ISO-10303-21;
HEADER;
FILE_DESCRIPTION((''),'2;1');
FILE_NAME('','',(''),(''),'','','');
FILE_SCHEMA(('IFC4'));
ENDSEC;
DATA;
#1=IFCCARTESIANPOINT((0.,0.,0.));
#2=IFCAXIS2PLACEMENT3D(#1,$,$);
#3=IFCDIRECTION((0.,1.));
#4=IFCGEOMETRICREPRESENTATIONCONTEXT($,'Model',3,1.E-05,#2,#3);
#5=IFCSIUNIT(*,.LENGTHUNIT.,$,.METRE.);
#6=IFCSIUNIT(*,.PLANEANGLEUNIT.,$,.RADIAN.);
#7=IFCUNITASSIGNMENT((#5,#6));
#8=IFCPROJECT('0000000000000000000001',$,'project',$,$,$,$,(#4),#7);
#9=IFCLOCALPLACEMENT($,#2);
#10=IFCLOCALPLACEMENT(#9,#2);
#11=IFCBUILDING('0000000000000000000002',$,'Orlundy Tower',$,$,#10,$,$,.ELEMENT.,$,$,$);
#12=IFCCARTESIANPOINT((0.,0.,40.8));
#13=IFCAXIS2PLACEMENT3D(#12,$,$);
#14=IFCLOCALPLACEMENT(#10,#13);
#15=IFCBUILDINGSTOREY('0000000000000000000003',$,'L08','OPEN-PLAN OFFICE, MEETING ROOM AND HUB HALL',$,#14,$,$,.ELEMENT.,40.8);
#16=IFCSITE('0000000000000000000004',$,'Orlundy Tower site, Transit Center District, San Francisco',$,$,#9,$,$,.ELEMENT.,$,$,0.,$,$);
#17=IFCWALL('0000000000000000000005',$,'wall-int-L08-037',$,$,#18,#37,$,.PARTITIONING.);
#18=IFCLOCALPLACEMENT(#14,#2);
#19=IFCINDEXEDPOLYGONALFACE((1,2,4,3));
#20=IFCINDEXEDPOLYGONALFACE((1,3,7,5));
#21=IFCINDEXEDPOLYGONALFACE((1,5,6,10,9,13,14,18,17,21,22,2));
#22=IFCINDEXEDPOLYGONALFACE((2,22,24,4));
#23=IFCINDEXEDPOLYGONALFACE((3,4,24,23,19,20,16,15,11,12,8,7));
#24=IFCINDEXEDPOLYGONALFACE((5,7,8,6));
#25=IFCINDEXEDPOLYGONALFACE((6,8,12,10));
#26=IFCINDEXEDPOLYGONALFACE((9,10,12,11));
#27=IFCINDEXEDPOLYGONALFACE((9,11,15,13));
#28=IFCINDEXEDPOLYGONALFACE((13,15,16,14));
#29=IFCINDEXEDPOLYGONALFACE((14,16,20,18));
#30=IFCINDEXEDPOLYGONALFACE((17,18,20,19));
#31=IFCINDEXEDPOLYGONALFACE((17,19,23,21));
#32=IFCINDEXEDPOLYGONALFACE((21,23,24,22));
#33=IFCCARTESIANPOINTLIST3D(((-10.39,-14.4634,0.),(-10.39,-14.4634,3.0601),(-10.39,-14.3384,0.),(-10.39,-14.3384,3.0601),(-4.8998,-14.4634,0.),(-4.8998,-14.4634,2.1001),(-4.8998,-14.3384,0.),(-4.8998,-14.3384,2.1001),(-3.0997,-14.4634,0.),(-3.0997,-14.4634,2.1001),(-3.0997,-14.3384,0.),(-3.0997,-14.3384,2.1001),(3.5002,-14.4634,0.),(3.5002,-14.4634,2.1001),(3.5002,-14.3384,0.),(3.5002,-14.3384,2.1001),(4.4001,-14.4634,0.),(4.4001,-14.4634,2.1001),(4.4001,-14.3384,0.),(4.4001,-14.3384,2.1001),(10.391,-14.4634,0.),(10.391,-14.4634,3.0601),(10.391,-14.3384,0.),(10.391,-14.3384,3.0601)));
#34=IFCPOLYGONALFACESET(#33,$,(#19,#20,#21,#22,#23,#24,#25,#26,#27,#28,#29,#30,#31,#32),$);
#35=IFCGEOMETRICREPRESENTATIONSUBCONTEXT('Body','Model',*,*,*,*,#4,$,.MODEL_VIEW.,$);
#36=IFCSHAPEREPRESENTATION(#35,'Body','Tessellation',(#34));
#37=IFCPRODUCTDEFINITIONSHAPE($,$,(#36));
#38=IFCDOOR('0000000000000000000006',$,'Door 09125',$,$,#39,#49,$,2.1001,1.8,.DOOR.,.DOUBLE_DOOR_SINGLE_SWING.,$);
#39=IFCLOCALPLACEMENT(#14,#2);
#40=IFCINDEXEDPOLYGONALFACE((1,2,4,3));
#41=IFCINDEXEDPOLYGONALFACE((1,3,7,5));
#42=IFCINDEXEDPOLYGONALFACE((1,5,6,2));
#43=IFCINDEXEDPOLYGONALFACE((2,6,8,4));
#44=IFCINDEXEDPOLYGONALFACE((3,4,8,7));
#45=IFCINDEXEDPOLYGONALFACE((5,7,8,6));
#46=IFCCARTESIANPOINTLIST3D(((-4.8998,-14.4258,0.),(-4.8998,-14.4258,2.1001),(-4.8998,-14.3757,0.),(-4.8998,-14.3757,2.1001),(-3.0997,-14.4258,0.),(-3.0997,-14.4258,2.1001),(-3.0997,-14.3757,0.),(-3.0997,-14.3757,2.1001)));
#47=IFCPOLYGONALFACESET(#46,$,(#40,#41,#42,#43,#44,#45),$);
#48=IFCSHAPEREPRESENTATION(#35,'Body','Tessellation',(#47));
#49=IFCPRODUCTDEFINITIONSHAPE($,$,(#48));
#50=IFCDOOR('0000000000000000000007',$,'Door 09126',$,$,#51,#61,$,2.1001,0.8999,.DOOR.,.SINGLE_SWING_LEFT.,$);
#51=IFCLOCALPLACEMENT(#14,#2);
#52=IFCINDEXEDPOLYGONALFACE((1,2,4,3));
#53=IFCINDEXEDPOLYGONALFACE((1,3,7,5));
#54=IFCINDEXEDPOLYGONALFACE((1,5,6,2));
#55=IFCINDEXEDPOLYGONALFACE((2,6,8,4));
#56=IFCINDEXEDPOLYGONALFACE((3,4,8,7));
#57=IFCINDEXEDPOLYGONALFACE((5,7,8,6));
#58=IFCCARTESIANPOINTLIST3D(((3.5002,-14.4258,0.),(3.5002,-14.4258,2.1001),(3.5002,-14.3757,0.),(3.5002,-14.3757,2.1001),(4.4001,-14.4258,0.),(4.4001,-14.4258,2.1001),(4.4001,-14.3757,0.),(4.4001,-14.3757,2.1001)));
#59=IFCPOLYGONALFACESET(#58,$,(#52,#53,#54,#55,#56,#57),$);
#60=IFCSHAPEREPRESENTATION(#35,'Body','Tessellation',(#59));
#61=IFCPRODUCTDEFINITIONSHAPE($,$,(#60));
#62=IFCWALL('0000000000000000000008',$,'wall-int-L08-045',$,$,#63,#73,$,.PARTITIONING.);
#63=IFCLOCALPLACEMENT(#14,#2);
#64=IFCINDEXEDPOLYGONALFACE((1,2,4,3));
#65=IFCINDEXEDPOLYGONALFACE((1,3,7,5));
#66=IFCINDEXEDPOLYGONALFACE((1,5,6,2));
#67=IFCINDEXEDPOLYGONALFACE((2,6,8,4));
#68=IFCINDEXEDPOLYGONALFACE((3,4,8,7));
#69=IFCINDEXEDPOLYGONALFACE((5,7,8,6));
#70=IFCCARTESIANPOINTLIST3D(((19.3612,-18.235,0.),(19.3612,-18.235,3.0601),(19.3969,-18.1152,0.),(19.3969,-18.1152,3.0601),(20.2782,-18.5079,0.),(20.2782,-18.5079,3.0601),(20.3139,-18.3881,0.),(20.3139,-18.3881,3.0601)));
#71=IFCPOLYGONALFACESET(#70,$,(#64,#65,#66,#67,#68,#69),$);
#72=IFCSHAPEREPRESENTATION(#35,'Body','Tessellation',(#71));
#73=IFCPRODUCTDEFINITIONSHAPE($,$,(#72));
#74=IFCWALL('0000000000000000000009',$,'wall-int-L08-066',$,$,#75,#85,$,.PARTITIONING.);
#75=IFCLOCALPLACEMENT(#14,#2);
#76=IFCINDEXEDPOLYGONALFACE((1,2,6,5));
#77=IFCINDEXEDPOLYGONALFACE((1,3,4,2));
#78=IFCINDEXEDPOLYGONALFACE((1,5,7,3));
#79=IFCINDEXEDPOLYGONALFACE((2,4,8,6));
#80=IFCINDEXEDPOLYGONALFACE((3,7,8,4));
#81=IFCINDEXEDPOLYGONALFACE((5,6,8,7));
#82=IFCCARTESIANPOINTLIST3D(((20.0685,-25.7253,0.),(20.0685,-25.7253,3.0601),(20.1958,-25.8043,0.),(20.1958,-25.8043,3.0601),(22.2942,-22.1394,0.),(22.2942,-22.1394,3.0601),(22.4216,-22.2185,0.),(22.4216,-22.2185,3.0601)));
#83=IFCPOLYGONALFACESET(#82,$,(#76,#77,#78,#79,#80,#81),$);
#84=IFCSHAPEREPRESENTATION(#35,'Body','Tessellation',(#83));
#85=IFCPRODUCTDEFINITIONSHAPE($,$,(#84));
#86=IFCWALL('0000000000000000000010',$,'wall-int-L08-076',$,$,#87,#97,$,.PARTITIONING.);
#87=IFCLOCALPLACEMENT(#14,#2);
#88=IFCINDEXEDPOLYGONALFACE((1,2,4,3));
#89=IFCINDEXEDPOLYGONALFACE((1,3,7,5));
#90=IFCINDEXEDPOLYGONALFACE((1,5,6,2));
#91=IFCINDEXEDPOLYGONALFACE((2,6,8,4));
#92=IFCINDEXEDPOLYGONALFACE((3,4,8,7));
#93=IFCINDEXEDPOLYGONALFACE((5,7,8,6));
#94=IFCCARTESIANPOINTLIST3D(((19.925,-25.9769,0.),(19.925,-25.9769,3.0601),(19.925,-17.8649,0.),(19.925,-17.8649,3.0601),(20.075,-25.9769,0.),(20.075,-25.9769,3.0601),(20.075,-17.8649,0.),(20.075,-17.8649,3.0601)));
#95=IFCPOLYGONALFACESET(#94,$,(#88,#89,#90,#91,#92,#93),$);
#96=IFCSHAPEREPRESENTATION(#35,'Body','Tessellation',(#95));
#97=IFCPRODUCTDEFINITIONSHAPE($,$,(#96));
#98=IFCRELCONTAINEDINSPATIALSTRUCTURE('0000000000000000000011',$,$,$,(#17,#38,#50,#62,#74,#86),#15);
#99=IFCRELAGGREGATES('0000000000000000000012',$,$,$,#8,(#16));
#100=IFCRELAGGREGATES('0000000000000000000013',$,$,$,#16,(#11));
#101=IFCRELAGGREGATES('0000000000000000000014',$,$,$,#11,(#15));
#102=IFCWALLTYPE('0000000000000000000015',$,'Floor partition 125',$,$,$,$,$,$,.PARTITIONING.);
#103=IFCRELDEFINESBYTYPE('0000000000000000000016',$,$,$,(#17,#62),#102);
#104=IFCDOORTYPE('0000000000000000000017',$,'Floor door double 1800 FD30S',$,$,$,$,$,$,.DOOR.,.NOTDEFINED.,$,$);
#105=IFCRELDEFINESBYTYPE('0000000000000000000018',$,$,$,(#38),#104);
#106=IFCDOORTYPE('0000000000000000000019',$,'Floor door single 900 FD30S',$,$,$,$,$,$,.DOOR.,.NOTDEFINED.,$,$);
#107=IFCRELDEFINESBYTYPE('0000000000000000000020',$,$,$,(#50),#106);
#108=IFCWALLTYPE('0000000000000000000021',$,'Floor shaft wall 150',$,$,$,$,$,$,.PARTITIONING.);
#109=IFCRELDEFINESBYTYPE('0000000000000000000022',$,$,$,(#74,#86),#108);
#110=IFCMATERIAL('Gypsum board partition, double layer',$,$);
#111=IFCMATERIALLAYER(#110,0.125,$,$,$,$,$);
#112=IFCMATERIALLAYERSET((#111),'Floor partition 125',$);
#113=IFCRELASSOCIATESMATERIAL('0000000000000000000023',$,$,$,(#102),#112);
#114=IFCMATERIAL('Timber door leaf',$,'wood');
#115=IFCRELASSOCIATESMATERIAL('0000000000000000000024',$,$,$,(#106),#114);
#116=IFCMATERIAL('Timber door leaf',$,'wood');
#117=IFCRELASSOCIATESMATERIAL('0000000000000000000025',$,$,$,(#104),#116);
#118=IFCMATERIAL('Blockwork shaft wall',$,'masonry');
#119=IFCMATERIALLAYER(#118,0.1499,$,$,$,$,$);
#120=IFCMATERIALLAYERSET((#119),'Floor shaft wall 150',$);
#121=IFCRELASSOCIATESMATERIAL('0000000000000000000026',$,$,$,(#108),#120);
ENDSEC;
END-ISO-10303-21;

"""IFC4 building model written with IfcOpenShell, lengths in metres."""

from ifc_helpers import new_model, si_unit, direction, frame, frame_2d, origin, place, context, subcontext, project, spatial, rectangle, extrude, material, layer, layer_set, type_object, element, fill, save


model = new_model("IFC4")

# Units and contexts
model_context = context("Model", 3, precision=1e-05, world=origin(), true_north=direction((0.0, 1.0)))
body_context = subcontext(model_context, "Body", "Model", "MODEL_VIEW")
ifc_project = project(units=[si_unit("LENGTHUNIT", "METRE"), si_unit("PLANEANGLEUNIT", "RADIAN")], contexts=[model_context])

# Site, building, storey
site_placement = place(None, origin())
site = spatial("IfcSite", under=ifc_project, at=site_placement, Name="Orlundy Tower site, Transit Center District, San Francisco", CompositionType="ELEMENT", RefElevation=0.0)
building_placement = place(site_placement, origin())
building = spatial("IfcBuilding", under=site, at=building_placement, Name="Orlundy Tower", CompositionType="ELEMENT")
storey_placement = place(building_placement, frame((0.0, 0.0, 40.8)))
storey = spatial("IfcBuildingStorey", under=building, at=storey_placement, Name="L08", Description="OPEN-PLAN OFFICE, MEETING ROOM AND HUB HALL", CompositionType="ELEMENT", Elevation=40.8)

# Shared definitions
ifc_material_1 = material(Name="Gypsum board partition, double layer")
ifc_layer_1 = layer(ifc_material_1, 0.125)
ifc_layer_set_1 = layer_set([ifc_layer_1], Name="Floor partition 125")
wall_type_1 = type_object("IfcWallType", Name="Floor partition 125", PredefinedType="PARTITIONING", material=ifc_layer_set_1)

# Shared definitions
ifc_material_2 = material(Name="Timber door leaf", Category="wood")
door_type_1 = type_object("IfcDoorType", Name="Floor door single 900 FD30S", OperationType="NOTDEFINED", PredefinedType="DOOR", material=ifc_material_2)

# Wall, openings, doors
wall_1_placement = place(storey_placement, frame((10.3911, -14.4009, 0.0), z_axis=(0.0, 0.0, 1.0), x_axis=(-1.0, 0.0, 0.0)))
wall_1 = element("IfcWall", 1, at=wall_1_placement, inside=storey, type_object=wall_type_1, Name="wall-int-L08-037", PredefinedType="PARTITIONING", context=body_context, shape_type="SweptSolid", body=[
    extrude(rectangle(XDim=20.781, YDim=0.125, at=frame_2d((10.3906, 0.0))), origin(), (0.0, 0.0, 1.0), 3.0601),
])
opening_1_placement = place(wall_1_placement, frame((13.491, 0.0, 0.0)))
opening_1 = element("IfcOpeningElement", 2, at=opening_1_placement, cuts=wall_1, PredefinedType="OPENING", context=body_context, shape_type="SweptSolid", body=[
    extrude(rectangle(XDim=1.8, YDim=2.1001, at=frame_2d((0.8999, 1.05))), frame((0.0, 0.0725, 0.0), z_axis=(0.0, -1.0, 0.0), x_axis=(1.0, 0.0, 0.0)), (0.0, 0.0, 1.0), 0.145),
])
opening_2_placement = place(wall_1_placement, frame((5.991, 0.0, 0.0)))
opening_2 = element("IfcOpeningElement", 3, at=opening_2_placement, cuts=wall_1, PredefinedType="OPENING", context=body_context, shape_type="SweptSolid", body=[
    extrude(rectangle(XDim=0.8999, YDim=2.1001, at=frame_2d((0.45, 1.05))), frame((0.0, 0.0725, 0.0), z_axis=(0.0, -1.0, 0.0), x_axis=(1.0, 0.0, 0.0)), (0.0, 0.0, 1.0), 0.145),
])
ifc_material_3 = material(Name="Timber door leaf", Category="wood")
door_type_2 = type_object("IfcDoorType", Name="Floor door double 1800 FD30S", OperationType="NOTDEFINED", PredefinedType="DOOR", material=ifc_material_3)
door_1_placement = place(opening_1_placement, origin())
door_1 = element("IfcDoor", 4, at=door_1_placement, inside=storey, type_object=door_type_2, Name="Door 09125", OperationType="DOUBLE_DOOR_SINGLE_SWING", OverallHeight=2.1001, OverallWidth=1.8, PredefinedType="DOOR", context=body_context, shape_type="SweptSolid", body=[
    extrude(rectangle(XDim=1.8, YDim=2.1001, at=frame_2d((0.8999, 1.05))), frame((0.0, 0.0249, 0.0), z_axis=(0.0, -1.0, 0.0), x_axis=(1.0, 0.0, 0.0)), (0.0, 0.0, 1.0), 0.05),
])
fill(opening_1, door_1)
door_2_placement = place(opening_2_placement, origin())
door_2 = element("IfcDoor", 5, at=door_2_placement, inside=storey, type_object=door_type_1, Name="Door 09126", OperationType="SINGLE_SWING_LEFT", OverallHeight=2.1001, OverallWidth=0.8999, PredefinedType="DOOR", context=body_context, shape_type="SweptSolid", body=[
    extrude(rectangle(XDim=0.8999, YDim=2.1001, at=frame_2d((0.45, 1.05))), frame((0.0, 0.0249, 0.0), z_axis=(0.0, -1.0, 0.0), x_axis=(1.0, 0.0, 0.0)), (0.0, 0.0, 1.0), 0.05),
])
fill(opening_2, door_2)

# Walls
wall_2_placement = place(storey_placement, frame((19.3789, -18.175, 0.0), z_axis=(0.0, 0.0, 1.0), x_axis=(0.958442, -0.285287, 0.0)))
element("IfcWall", 6, at=wall_2_placement, inside=storey, type_object=wall_type_1, Name="wall-int-L08-045", PredefinedType="PARTITIONING", context=body_context, shape_type="SweptSolid", body=[
    extrude(rectangle(XDim=0.9568, YDim=0.125, at=frame_2d((0.4785, 0.0))), origin(), (0.0, 0.0, 1.0), 3.0601),
])
ifc_material_4 = material(Name="Blockwork shaft wall", Category="masonry")
ifc_layer_2 = layer(ifc_material_4, 0.1499)
ifc_layer_set_2 = layer_set([ifc_layer_2], Name="Floor shaft wall 150")
wall_type_2 = type_object("IfcWallType", Name="Floor shaft wall 150", PredefinedType="PARTITIONING", material=ifc_layer_set_2)
wall_3_placement = place(storey_placement, frame((20.1321, -25.7649, 0.0), z_axis=(0.0, 0.0, 1.0), x_axis=(0.527376, 0.849632, 0.0)))
element("IfcWall", 7, at=wall_3_placement, inside=storey, type_object=wall_type_2, Name="wall-int-L08-066", PredefinedType="PARTITIONING", context=body_context, shape_type="SweptSolid", body=[
    extrude(rectangle(XDim=4.2205, YDim=0.1499, at=frame_2d((2.1104, 0.0))), origin(), (0.0, 0.0, 1.0), 3.0601),
])
wall_4_placement = place(storey_placement, frame((20.0, -25.9771, 0.0), z_axis=(0.0, 0.0, 1.0), x_axis=(0.0, 1.0, 0.0)))
element("IfcWall", 8, at=wall_4_placement, inside=storey, type_object=wall_type_2, Name="wall-int-L08-076", PredefinedType="PARTITIONING", context=body_context, shape_type="SweptSolid", body=[
    extrude(rectangle(XDim=8.1121, YDim=0.1499, at=frame_2d((4.0562, 0.0))), origin(), (0.0, 0.0, 1.0), 3.0601),
])

save(model, "model.ifc")
